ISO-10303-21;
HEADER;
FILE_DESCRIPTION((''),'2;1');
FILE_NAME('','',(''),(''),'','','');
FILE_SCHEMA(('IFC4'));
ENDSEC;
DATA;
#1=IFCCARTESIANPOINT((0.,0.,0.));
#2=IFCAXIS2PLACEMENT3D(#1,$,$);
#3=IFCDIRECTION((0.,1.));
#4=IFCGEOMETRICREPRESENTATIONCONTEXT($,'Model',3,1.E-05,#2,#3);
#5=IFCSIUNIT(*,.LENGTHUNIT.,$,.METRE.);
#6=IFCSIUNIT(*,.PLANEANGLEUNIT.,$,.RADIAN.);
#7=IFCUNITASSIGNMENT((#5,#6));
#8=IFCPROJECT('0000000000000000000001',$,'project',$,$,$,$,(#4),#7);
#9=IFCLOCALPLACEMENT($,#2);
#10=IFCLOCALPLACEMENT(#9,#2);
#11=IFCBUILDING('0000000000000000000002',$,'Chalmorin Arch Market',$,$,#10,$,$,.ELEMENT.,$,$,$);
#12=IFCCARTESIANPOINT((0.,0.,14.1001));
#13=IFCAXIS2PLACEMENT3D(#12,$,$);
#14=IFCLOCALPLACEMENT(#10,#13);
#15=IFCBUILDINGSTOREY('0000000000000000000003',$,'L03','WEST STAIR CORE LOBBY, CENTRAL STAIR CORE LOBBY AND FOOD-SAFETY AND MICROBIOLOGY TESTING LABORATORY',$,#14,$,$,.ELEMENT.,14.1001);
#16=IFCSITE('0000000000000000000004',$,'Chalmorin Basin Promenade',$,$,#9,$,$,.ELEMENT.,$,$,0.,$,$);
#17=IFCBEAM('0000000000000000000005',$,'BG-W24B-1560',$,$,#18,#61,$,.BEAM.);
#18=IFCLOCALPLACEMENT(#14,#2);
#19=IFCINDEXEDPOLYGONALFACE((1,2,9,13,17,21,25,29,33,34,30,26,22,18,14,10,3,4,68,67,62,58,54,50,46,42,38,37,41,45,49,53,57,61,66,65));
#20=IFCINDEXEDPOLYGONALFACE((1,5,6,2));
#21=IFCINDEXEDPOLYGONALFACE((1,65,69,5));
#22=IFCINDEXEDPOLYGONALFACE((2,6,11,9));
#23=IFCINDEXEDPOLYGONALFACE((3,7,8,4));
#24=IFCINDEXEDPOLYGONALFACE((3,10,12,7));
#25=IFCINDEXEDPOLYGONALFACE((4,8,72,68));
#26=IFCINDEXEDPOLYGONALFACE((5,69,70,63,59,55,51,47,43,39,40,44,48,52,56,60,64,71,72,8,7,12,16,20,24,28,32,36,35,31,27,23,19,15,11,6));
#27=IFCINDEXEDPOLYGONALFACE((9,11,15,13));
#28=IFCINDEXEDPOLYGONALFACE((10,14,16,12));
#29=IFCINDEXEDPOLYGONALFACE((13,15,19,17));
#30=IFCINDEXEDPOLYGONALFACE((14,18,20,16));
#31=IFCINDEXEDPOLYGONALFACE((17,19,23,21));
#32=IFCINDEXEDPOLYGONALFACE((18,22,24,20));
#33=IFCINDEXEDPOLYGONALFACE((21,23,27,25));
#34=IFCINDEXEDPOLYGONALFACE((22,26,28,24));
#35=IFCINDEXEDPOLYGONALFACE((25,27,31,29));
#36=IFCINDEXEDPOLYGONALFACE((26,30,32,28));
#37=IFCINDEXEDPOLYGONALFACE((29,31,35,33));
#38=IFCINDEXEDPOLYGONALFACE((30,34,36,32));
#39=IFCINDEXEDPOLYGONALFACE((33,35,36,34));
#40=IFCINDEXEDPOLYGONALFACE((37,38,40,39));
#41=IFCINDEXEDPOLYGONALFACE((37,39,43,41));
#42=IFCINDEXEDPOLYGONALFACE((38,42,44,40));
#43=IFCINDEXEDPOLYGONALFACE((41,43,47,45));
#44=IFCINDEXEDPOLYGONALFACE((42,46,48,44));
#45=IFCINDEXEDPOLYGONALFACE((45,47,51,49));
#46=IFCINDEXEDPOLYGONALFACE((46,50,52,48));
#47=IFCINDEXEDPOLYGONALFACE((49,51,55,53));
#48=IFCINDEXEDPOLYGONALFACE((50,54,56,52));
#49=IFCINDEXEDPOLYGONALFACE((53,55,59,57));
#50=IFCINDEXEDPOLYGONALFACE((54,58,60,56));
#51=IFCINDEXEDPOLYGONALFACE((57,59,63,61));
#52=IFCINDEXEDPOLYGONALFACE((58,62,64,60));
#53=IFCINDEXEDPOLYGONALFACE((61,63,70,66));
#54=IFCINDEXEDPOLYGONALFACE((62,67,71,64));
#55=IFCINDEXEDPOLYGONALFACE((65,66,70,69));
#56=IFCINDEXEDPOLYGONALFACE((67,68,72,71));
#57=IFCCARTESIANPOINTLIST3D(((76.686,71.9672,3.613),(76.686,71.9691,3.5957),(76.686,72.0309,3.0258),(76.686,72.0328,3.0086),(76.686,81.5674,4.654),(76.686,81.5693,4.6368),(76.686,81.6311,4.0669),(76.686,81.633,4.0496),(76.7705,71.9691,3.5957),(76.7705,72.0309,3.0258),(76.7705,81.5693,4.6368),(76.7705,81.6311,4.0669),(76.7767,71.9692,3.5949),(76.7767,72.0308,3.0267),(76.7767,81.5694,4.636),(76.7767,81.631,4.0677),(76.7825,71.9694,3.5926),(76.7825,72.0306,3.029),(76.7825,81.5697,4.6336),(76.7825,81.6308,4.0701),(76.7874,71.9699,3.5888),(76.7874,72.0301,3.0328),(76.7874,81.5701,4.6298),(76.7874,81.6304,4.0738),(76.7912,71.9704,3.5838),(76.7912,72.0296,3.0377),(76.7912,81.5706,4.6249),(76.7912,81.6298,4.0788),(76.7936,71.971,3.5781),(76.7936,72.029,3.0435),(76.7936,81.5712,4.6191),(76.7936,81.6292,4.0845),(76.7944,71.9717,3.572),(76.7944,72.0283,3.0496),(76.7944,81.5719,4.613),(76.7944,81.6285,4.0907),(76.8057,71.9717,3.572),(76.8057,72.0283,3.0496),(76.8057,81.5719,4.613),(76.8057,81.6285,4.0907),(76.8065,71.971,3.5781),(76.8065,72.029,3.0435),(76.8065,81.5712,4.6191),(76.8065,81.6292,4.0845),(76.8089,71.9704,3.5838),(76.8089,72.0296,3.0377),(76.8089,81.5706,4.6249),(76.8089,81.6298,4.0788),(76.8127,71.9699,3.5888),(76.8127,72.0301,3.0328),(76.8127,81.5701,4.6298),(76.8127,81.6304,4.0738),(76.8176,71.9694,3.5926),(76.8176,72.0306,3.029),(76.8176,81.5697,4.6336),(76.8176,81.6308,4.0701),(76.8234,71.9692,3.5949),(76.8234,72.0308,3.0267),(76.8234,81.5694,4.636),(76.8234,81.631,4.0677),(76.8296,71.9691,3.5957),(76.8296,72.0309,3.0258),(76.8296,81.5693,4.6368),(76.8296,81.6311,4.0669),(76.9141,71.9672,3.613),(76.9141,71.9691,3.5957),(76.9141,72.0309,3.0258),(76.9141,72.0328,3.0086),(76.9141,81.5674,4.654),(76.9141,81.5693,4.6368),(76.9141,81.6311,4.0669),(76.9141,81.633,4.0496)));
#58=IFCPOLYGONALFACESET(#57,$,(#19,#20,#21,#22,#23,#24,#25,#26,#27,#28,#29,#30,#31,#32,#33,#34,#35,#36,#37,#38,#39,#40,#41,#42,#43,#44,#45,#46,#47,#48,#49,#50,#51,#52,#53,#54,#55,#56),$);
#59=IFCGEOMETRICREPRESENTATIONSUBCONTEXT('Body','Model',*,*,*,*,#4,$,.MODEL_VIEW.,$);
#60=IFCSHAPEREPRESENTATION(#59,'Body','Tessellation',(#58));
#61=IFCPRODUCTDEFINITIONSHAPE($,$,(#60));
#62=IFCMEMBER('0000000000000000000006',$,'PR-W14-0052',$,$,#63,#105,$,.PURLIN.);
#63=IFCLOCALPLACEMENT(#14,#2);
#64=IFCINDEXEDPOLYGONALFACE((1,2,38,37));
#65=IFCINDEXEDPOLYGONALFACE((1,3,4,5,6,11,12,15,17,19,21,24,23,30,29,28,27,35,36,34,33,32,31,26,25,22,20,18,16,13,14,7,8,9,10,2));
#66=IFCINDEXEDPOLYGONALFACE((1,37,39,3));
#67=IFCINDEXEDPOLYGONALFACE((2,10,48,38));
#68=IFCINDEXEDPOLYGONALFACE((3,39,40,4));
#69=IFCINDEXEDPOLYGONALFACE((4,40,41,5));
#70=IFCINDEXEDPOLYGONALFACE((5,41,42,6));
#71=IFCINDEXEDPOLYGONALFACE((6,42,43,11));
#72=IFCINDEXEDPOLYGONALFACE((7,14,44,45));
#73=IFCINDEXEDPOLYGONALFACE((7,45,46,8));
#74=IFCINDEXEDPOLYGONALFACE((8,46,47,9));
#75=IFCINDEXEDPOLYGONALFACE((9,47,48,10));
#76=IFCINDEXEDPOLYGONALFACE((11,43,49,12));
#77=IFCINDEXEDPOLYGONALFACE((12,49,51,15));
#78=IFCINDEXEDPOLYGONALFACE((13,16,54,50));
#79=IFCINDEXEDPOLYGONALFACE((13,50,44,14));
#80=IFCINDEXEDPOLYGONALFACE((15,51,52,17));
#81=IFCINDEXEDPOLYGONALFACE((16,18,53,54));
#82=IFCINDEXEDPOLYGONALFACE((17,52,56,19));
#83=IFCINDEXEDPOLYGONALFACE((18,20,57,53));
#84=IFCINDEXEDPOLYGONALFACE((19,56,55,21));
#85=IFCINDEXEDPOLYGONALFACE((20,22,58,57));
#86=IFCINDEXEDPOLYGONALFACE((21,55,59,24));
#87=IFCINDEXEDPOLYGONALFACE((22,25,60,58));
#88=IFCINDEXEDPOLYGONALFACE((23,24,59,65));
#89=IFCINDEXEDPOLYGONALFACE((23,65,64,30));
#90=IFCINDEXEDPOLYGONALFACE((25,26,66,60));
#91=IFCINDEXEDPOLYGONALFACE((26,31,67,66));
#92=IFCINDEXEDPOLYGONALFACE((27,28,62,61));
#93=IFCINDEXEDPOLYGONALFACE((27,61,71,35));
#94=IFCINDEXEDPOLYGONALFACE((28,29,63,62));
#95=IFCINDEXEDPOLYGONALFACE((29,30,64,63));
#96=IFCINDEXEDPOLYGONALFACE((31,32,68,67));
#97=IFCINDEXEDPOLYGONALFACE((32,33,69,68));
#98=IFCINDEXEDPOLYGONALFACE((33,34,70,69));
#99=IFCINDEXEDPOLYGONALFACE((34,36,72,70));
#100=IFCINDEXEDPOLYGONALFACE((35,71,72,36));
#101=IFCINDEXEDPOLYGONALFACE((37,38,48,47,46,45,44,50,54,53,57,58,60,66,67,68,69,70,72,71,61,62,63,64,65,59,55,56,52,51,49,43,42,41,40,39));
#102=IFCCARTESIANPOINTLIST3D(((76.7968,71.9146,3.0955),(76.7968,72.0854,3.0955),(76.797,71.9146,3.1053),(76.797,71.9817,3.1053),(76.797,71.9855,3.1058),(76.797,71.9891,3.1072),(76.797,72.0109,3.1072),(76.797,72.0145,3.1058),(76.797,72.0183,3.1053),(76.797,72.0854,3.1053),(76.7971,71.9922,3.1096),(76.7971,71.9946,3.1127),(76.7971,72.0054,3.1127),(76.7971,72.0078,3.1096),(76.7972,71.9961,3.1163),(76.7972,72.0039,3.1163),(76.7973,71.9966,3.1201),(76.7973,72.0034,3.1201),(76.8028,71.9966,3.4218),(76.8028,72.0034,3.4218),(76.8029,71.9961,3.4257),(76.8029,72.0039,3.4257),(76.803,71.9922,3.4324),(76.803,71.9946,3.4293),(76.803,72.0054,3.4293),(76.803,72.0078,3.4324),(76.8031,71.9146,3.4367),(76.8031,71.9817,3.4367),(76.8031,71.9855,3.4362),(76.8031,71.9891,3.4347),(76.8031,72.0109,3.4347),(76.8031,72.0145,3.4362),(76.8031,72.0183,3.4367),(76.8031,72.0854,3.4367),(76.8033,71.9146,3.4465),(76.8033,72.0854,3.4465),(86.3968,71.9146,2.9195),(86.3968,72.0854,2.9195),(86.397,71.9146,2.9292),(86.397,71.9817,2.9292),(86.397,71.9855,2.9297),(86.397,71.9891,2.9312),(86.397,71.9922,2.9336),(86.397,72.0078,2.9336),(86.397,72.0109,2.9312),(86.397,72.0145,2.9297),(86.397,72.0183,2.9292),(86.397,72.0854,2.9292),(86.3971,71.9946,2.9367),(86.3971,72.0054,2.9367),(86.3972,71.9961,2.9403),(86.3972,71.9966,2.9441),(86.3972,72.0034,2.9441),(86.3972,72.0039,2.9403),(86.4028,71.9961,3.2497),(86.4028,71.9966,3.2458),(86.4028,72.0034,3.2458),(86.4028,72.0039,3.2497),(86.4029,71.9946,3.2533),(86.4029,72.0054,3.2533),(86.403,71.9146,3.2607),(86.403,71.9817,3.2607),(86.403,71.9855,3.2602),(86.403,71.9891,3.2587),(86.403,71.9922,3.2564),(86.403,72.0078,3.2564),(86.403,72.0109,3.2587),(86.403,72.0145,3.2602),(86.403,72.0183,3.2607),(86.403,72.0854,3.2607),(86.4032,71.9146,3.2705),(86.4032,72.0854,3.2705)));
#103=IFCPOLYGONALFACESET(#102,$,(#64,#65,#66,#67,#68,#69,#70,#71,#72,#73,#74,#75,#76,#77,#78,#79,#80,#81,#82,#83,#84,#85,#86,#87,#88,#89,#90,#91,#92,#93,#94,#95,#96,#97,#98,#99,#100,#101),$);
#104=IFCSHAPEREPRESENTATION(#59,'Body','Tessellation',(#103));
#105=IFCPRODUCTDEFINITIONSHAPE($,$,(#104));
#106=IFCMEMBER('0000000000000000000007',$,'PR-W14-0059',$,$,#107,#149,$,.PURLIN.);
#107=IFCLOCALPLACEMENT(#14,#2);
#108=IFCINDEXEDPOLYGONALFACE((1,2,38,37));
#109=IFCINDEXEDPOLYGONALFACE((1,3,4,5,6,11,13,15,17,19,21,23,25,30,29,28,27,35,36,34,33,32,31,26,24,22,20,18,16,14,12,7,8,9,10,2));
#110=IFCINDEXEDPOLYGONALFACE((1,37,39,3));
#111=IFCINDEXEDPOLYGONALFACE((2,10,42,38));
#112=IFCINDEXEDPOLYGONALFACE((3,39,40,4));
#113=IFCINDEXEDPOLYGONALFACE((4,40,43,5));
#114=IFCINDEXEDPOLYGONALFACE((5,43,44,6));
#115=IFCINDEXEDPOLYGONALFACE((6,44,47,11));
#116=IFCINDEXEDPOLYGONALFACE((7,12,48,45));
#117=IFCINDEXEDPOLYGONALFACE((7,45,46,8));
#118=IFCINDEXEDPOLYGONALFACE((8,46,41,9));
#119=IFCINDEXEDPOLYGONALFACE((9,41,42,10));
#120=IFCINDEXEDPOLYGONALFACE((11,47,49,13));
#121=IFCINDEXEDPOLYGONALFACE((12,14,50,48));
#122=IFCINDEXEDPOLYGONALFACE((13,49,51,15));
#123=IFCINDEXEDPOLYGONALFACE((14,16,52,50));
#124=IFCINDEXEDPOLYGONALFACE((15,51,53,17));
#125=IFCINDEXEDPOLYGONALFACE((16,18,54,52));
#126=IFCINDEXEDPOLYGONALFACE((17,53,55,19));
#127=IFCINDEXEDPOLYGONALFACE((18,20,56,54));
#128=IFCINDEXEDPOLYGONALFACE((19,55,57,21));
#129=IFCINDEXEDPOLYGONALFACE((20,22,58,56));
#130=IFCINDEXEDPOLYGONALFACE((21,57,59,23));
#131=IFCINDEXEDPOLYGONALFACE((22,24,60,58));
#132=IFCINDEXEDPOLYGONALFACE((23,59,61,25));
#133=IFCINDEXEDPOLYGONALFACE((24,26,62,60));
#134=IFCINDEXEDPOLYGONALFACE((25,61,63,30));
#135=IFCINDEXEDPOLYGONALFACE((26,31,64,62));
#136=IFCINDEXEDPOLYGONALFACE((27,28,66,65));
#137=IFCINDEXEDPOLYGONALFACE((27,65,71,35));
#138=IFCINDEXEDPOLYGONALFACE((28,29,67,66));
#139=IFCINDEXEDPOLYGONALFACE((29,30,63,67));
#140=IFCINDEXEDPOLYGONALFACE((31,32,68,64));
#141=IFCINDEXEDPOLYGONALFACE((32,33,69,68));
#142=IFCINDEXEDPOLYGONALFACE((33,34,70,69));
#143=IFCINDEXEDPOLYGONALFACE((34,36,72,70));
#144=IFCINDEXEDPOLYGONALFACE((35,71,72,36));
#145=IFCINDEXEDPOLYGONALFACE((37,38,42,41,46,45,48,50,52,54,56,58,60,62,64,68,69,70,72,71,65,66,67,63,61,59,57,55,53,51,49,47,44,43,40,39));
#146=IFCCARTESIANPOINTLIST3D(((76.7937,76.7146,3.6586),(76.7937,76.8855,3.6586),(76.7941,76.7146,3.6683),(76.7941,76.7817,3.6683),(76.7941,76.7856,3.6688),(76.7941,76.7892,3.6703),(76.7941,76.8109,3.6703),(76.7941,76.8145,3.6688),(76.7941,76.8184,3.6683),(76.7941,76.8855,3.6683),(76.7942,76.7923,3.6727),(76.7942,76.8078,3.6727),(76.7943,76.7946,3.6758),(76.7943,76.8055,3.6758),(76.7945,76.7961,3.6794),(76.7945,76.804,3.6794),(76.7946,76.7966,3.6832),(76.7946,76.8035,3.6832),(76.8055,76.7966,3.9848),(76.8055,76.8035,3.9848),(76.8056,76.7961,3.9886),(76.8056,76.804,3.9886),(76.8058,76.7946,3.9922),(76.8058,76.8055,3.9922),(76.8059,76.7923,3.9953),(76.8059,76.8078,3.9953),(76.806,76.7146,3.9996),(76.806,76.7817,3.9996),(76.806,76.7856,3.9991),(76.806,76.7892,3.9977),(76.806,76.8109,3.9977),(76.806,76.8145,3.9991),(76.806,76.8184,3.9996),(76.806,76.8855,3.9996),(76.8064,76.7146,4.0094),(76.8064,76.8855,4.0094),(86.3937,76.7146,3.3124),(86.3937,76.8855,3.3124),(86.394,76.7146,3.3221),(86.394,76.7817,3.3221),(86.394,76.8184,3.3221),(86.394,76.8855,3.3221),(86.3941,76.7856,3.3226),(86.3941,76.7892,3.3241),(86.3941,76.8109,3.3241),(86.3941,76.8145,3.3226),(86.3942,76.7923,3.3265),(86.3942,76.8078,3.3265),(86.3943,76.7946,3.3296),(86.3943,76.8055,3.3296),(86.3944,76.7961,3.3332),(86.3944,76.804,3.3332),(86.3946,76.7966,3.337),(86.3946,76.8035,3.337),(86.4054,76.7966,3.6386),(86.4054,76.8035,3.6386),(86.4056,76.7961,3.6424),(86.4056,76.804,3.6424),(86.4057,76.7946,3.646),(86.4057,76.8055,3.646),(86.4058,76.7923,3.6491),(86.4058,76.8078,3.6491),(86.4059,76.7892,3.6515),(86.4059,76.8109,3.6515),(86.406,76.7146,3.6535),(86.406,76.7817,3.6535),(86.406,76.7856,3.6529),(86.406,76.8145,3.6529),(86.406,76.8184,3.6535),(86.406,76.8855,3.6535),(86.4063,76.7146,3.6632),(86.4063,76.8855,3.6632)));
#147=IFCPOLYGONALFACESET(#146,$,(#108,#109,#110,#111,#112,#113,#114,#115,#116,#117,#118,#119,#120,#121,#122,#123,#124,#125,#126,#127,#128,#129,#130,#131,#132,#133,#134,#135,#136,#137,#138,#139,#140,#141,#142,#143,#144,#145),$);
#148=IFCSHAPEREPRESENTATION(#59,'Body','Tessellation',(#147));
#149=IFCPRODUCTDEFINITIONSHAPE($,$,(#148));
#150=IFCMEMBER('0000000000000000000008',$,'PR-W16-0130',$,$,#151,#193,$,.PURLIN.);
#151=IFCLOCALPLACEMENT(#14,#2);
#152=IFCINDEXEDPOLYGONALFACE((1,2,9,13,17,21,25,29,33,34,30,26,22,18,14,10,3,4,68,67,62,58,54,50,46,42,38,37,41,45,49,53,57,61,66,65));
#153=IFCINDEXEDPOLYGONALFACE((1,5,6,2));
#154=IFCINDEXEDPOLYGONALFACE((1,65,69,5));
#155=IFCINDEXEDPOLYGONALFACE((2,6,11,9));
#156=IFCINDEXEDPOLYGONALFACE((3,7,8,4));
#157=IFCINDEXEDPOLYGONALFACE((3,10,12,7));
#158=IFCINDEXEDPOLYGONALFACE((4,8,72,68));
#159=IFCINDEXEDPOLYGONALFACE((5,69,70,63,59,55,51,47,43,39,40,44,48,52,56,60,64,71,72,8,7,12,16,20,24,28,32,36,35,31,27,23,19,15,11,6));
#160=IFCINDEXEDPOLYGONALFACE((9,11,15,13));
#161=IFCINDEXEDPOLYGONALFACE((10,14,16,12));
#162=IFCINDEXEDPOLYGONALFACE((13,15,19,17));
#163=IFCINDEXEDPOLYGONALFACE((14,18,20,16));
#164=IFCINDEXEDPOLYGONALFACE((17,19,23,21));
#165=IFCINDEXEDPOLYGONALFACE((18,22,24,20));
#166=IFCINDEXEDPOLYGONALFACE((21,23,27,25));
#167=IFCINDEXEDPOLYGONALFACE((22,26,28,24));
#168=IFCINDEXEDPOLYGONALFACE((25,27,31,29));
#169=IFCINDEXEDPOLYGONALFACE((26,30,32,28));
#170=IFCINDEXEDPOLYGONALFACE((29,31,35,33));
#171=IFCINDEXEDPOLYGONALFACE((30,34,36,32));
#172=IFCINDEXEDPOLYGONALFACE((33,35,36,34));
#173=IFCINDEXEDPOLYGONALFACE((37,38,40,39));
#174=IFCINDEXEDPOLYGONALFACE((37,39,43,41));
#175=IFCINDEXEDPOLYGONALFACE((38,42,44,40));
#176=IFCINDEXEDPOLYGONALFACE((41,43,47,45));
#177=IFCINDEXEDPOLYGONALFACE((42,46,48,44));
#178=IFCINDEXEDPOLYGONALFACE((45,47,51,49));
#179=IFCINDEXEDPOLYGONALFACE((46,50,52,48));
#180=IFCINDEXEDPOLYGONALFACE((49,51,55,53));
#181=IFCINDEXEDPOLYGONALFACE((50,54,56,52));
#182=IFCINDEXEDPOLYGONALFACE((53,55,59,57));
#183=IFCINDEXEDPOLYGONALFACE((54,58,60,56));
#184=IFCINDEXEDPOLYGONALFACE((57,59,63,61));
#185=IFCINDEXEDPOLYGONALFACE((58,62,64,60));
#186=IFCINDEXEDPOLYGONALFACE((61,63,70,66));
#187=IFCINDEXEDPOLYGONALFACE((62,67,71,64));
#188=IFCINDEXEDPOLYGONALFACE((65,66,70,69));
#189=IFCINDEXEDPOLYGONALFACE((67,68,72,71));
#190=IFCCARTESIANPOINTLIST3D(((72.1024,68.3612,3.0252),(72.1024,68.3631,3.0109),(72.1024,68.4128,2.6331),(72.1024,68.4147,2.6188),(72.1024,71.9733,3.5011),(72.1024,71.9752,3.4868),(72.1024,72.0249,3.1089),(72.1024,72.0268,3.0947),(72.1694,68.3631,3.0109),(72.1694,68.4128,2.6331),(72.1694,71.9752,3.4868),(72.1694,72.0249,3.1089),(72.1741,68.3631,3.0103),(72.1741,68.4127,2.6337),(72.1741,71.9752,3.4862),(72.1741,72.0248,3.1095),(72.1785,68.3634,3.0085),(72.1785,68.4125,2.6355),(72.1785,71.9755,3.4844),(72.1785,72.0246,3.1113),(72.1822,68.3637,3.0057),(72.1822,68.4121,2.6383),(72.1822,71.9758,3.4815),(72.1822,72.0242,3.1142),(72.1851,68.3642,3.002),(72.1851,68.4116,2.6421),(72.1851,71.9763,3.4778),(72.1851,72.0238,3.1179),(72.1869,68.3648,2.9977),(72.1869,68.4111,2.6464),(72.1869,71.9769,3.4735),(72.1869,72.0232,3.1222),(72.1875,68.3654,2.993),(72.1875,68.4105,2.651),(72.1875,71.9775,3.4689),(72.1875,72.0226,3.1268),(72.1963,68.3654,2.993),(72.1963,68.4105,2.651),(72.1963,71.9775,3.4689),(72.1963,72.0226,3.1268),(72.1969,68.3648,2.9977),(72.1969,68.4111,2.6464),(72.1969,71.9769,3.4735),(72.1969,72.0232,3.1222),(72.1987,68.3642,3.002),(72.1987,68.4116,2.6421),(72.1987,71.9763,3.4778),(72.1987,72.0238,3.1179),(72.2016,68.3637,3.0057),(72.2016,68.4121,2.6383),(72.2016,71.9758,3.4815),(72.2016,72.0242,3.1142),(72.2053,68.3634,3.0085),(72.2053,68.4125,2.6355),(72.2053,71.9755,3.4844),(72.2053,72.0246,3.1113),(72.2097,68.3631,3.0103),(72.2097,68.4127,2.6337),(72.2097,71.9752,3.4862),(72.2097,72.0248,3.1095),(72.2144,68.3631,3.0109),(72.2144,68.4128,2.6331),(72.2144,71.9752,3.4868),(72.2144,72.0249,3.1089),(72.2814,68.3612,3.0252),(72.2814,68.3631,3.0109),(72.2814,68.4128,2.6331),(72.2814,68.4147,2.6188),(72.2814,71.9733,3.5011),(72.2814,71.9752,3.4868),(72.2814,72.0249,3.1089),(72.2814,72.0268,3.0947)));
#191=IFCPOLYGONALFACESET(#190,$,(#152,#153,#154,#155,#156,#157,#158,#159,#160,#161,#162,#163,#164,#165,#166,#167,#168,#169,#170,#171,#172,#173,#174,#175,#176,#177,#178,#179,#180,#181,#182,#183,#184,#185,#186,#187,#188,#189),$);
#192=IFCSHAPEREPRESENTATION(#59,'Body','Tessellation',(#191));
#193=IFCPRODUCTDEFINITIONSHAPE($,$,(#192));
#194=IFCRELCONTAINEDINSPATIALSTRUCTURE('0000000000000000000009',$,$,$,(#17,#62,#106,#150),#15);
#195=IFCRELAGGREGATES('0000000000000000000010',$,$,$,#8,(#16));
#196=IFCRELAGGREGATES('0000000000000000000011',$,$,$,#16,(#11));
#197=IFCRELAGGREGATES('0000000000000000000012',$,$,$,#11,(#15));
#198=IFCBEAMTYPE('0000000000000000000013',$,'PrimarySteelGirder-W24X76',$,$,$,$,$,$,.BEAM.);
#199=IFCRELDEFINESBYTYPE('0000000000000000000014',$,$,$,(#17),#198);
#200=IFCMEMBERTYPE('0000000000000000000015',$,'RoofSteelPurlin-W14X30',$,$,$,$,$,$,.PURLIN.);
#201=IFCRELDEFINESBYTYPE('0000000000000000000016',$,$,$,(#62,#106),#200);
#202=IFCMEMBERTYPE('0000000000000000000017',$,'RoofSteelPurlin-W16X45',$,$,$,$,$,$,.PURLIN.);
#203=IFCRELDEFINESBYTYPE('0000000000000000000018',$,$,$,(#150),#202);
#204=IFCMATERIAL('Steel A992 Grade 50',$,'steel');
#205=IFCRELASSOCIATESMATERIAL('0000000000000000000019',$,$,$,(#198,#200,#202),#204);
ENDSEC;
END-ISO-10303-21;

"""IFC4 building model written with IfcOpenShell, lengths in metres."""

from ifc_helpers import new_model, si_unit, direction, frame, origin, origin_2d, place, context, subcontext, project, spatial, i_section, extrude, material, material_profile, profile_set, type_object, element, save


model = new_model("IFC4")

# Units and contexts
model_context = context("Model", 3, precision=1e-05, world=origin(), true_north=direction((0.0, 1.0)))
body_context = subcontext(model_context, "Body", "Model", "MODEL_VIEW")
ifc_project = project(units=[si_unit("LENGTHUNIT", "METRE"), si_unit("PLANEANGLEUNIT", "RADIAN")], contexts=[model_context])

# Site, building, storey
site_placement = place(None, origin())
site = spatial("IfcSite", under=ifc_project, at=site_placement, Name="Chalmorin Basin Promenade", CompositionType="ELEMENT", RefElevation=0.0)
building_placement = place(site_placement, origin())
building = spatial("IfcBuilding", under=site, at=building_placement, Name="Chalmorin Arch Market", CompositionType="ELEMENT")
storey_placement = place(building_placement, frame((0.0, 0.0, 14.1001)))
storey = spatial("IfcBuildingStorey", under=building, at=storey_placement, Name="L03", Description="WEST STAIR CORE LOBBY, CENTRAL STAIR CORE LOBBY AND FOOD-SAFETY AND MICROBIOLOGY TESTING LABORATORY", CompositionType="ELEMENT", Elevation=14.1001)

# Beam
ifc_material_1 = material(Name="Steel A992 Grade 50", Category="steel")
ifc_material_profile_1 = material_profile(ifc_material_1, i_section(OverallWidth=0.228, OverallDepth=0.6079, WebThickness=0.0112, FlangeThickness=0.0173, FilletRadius=0.0239, at=origin_2d()), Name="W24X76")
ifc_profile_set_1 = profile_set([ifc_material_profile_1], Name="Steel A992 Grade 50")
beam_type_1 = type_object("IfcBeamType", Name="PrimarySteelGirder-W24X76", PredefinedType="BEAM", material=ifc_profile_set_1)
beam_1_placement = place(storey_placement, frame((76.8, 72.0, 3.3108), z_axis=(0.0, 0.994172, 0.107806), x_axis=(-1.0, 0.0, 0.0)))
element("IfcBeam", 1, at=beam_1_placement, inside=storey, type_object=beam_type_1, Name="BG-W24B-1560", PredefinedType="BEAM", context=body_context, shape_type="SweptSolid", body=[
    extrude(i_section(OverallWidth=0.228, OverallDepth=0.6079, WebThickness=0.0112, FlangeThickness=0.0173, FilletRadius=0.0239, at=origin_2d()), origin(), (0.0, 0.0, 1.0), 9.6565),
])

# Members
ifc_material_profile_2 = material_profile(ifc_material_1, i_section(OverallWidth=0.1709, OverallDepth=0.3511, WebThickness=0.0068, FlangeThickness=0.0098, FilletRadius=0.0149, at=origin_2d()), Name="W14X30")
ifc_profile_set_2 = profile_set([ifc_material_profile_2], Name="Steel A992 Grade 50")
member_type_1 = type_object("IfcMemberType", Name="RoofSteelPurlin-W14X30", PredefinedType="PURLIN", material=ifc_profile_set_2)
member_1_placement = place(storey_placement, frame((76.8, 72.0, 3.271), z_axis=(0.999832, 0.0, -0.018333), x_axis=(0.0, 1.0, 0.0)))
element("IfcMember", 2, at=member_1_placement, inside=storey, type_object=member_type_1, Name="PR-W14-0052", PredefinedType="PURLIN", context=body_context, shape_type="SweptSolid", body=[
    extrude(i_section(OverallWidth=0.1709, OverallDepth=0.3511, WebThickness=0.0068, FlangeThickness=0.0098, FilletRadius=0.0149, at=origin_2d()), origin(), (0.0, 0.0, 1.0), 9.6016),
])
member_2_placement = place(storey_placement, frame((76.8, 76.8, 3.834), z_axis=(0.99935, 0.0, -0.036039), x_axis=(0.0, 1.0, 0.0)))
element("IfcMember", 3, at=member_2_placement, inside=storey, type_object=member_type_1, Name="PR-W14-0059", PredefinedType="PURLIN", context=body_context, shape_type="SweptSolid", body=[
    extrude(i_section(OverallWidth=0.1709, OverallDepth=0.3511, WebThickness=0.0068, FlangeThickness=0.0098, FilletRadius=0.0149, at=origin_2d()), origin(), (0.0, 0.0, 1.0), 9.6062),
])
ifc_material_profile_3 = material_profile(ifc_material_1, i_section(OverallWidth=0.179, OverallDepth=0.4099, WebThickness=0.0088, FlangeThickness=0.0144, FilletRadius=0.0181, at=origin_2d()), Name="W16X45")
ifc_profile_set_3 = profile_set([ifc_material_profile_3], Name="Steel A992 Grade 50")
member_type_2 = type_object("IfcMemberType", Name="RoofSteelPurlin-W16X45", PredefinedType="PURLIN", material=ifc_profile_set_3)
member_3_placement = place(storey_placement, frame((72.1919, 68.3879, 2.822), z_axis=(0.0, 0.991434, 0.130605), x_axis=(-1.0, 0.0, 0.0)))
element("IfcMember", 4, at=member_3_placement, inside=storey, type_object=member_type_2, Name="PR-W16-0130", PredefinedType="PURLIN", context=body_context, shape_type="SweptSolid", body=[
    extrude(i_section(OverallWidth=0.179, OverallDepth=0.4099, WebThickness=0.0088, FlangeThickness=0.0144, FilletRadius=0.0181, at=origin_2d()), origin(), (0.0, 0.0, 1.0), 3.6433),
])

save(model, "model.ifc")
